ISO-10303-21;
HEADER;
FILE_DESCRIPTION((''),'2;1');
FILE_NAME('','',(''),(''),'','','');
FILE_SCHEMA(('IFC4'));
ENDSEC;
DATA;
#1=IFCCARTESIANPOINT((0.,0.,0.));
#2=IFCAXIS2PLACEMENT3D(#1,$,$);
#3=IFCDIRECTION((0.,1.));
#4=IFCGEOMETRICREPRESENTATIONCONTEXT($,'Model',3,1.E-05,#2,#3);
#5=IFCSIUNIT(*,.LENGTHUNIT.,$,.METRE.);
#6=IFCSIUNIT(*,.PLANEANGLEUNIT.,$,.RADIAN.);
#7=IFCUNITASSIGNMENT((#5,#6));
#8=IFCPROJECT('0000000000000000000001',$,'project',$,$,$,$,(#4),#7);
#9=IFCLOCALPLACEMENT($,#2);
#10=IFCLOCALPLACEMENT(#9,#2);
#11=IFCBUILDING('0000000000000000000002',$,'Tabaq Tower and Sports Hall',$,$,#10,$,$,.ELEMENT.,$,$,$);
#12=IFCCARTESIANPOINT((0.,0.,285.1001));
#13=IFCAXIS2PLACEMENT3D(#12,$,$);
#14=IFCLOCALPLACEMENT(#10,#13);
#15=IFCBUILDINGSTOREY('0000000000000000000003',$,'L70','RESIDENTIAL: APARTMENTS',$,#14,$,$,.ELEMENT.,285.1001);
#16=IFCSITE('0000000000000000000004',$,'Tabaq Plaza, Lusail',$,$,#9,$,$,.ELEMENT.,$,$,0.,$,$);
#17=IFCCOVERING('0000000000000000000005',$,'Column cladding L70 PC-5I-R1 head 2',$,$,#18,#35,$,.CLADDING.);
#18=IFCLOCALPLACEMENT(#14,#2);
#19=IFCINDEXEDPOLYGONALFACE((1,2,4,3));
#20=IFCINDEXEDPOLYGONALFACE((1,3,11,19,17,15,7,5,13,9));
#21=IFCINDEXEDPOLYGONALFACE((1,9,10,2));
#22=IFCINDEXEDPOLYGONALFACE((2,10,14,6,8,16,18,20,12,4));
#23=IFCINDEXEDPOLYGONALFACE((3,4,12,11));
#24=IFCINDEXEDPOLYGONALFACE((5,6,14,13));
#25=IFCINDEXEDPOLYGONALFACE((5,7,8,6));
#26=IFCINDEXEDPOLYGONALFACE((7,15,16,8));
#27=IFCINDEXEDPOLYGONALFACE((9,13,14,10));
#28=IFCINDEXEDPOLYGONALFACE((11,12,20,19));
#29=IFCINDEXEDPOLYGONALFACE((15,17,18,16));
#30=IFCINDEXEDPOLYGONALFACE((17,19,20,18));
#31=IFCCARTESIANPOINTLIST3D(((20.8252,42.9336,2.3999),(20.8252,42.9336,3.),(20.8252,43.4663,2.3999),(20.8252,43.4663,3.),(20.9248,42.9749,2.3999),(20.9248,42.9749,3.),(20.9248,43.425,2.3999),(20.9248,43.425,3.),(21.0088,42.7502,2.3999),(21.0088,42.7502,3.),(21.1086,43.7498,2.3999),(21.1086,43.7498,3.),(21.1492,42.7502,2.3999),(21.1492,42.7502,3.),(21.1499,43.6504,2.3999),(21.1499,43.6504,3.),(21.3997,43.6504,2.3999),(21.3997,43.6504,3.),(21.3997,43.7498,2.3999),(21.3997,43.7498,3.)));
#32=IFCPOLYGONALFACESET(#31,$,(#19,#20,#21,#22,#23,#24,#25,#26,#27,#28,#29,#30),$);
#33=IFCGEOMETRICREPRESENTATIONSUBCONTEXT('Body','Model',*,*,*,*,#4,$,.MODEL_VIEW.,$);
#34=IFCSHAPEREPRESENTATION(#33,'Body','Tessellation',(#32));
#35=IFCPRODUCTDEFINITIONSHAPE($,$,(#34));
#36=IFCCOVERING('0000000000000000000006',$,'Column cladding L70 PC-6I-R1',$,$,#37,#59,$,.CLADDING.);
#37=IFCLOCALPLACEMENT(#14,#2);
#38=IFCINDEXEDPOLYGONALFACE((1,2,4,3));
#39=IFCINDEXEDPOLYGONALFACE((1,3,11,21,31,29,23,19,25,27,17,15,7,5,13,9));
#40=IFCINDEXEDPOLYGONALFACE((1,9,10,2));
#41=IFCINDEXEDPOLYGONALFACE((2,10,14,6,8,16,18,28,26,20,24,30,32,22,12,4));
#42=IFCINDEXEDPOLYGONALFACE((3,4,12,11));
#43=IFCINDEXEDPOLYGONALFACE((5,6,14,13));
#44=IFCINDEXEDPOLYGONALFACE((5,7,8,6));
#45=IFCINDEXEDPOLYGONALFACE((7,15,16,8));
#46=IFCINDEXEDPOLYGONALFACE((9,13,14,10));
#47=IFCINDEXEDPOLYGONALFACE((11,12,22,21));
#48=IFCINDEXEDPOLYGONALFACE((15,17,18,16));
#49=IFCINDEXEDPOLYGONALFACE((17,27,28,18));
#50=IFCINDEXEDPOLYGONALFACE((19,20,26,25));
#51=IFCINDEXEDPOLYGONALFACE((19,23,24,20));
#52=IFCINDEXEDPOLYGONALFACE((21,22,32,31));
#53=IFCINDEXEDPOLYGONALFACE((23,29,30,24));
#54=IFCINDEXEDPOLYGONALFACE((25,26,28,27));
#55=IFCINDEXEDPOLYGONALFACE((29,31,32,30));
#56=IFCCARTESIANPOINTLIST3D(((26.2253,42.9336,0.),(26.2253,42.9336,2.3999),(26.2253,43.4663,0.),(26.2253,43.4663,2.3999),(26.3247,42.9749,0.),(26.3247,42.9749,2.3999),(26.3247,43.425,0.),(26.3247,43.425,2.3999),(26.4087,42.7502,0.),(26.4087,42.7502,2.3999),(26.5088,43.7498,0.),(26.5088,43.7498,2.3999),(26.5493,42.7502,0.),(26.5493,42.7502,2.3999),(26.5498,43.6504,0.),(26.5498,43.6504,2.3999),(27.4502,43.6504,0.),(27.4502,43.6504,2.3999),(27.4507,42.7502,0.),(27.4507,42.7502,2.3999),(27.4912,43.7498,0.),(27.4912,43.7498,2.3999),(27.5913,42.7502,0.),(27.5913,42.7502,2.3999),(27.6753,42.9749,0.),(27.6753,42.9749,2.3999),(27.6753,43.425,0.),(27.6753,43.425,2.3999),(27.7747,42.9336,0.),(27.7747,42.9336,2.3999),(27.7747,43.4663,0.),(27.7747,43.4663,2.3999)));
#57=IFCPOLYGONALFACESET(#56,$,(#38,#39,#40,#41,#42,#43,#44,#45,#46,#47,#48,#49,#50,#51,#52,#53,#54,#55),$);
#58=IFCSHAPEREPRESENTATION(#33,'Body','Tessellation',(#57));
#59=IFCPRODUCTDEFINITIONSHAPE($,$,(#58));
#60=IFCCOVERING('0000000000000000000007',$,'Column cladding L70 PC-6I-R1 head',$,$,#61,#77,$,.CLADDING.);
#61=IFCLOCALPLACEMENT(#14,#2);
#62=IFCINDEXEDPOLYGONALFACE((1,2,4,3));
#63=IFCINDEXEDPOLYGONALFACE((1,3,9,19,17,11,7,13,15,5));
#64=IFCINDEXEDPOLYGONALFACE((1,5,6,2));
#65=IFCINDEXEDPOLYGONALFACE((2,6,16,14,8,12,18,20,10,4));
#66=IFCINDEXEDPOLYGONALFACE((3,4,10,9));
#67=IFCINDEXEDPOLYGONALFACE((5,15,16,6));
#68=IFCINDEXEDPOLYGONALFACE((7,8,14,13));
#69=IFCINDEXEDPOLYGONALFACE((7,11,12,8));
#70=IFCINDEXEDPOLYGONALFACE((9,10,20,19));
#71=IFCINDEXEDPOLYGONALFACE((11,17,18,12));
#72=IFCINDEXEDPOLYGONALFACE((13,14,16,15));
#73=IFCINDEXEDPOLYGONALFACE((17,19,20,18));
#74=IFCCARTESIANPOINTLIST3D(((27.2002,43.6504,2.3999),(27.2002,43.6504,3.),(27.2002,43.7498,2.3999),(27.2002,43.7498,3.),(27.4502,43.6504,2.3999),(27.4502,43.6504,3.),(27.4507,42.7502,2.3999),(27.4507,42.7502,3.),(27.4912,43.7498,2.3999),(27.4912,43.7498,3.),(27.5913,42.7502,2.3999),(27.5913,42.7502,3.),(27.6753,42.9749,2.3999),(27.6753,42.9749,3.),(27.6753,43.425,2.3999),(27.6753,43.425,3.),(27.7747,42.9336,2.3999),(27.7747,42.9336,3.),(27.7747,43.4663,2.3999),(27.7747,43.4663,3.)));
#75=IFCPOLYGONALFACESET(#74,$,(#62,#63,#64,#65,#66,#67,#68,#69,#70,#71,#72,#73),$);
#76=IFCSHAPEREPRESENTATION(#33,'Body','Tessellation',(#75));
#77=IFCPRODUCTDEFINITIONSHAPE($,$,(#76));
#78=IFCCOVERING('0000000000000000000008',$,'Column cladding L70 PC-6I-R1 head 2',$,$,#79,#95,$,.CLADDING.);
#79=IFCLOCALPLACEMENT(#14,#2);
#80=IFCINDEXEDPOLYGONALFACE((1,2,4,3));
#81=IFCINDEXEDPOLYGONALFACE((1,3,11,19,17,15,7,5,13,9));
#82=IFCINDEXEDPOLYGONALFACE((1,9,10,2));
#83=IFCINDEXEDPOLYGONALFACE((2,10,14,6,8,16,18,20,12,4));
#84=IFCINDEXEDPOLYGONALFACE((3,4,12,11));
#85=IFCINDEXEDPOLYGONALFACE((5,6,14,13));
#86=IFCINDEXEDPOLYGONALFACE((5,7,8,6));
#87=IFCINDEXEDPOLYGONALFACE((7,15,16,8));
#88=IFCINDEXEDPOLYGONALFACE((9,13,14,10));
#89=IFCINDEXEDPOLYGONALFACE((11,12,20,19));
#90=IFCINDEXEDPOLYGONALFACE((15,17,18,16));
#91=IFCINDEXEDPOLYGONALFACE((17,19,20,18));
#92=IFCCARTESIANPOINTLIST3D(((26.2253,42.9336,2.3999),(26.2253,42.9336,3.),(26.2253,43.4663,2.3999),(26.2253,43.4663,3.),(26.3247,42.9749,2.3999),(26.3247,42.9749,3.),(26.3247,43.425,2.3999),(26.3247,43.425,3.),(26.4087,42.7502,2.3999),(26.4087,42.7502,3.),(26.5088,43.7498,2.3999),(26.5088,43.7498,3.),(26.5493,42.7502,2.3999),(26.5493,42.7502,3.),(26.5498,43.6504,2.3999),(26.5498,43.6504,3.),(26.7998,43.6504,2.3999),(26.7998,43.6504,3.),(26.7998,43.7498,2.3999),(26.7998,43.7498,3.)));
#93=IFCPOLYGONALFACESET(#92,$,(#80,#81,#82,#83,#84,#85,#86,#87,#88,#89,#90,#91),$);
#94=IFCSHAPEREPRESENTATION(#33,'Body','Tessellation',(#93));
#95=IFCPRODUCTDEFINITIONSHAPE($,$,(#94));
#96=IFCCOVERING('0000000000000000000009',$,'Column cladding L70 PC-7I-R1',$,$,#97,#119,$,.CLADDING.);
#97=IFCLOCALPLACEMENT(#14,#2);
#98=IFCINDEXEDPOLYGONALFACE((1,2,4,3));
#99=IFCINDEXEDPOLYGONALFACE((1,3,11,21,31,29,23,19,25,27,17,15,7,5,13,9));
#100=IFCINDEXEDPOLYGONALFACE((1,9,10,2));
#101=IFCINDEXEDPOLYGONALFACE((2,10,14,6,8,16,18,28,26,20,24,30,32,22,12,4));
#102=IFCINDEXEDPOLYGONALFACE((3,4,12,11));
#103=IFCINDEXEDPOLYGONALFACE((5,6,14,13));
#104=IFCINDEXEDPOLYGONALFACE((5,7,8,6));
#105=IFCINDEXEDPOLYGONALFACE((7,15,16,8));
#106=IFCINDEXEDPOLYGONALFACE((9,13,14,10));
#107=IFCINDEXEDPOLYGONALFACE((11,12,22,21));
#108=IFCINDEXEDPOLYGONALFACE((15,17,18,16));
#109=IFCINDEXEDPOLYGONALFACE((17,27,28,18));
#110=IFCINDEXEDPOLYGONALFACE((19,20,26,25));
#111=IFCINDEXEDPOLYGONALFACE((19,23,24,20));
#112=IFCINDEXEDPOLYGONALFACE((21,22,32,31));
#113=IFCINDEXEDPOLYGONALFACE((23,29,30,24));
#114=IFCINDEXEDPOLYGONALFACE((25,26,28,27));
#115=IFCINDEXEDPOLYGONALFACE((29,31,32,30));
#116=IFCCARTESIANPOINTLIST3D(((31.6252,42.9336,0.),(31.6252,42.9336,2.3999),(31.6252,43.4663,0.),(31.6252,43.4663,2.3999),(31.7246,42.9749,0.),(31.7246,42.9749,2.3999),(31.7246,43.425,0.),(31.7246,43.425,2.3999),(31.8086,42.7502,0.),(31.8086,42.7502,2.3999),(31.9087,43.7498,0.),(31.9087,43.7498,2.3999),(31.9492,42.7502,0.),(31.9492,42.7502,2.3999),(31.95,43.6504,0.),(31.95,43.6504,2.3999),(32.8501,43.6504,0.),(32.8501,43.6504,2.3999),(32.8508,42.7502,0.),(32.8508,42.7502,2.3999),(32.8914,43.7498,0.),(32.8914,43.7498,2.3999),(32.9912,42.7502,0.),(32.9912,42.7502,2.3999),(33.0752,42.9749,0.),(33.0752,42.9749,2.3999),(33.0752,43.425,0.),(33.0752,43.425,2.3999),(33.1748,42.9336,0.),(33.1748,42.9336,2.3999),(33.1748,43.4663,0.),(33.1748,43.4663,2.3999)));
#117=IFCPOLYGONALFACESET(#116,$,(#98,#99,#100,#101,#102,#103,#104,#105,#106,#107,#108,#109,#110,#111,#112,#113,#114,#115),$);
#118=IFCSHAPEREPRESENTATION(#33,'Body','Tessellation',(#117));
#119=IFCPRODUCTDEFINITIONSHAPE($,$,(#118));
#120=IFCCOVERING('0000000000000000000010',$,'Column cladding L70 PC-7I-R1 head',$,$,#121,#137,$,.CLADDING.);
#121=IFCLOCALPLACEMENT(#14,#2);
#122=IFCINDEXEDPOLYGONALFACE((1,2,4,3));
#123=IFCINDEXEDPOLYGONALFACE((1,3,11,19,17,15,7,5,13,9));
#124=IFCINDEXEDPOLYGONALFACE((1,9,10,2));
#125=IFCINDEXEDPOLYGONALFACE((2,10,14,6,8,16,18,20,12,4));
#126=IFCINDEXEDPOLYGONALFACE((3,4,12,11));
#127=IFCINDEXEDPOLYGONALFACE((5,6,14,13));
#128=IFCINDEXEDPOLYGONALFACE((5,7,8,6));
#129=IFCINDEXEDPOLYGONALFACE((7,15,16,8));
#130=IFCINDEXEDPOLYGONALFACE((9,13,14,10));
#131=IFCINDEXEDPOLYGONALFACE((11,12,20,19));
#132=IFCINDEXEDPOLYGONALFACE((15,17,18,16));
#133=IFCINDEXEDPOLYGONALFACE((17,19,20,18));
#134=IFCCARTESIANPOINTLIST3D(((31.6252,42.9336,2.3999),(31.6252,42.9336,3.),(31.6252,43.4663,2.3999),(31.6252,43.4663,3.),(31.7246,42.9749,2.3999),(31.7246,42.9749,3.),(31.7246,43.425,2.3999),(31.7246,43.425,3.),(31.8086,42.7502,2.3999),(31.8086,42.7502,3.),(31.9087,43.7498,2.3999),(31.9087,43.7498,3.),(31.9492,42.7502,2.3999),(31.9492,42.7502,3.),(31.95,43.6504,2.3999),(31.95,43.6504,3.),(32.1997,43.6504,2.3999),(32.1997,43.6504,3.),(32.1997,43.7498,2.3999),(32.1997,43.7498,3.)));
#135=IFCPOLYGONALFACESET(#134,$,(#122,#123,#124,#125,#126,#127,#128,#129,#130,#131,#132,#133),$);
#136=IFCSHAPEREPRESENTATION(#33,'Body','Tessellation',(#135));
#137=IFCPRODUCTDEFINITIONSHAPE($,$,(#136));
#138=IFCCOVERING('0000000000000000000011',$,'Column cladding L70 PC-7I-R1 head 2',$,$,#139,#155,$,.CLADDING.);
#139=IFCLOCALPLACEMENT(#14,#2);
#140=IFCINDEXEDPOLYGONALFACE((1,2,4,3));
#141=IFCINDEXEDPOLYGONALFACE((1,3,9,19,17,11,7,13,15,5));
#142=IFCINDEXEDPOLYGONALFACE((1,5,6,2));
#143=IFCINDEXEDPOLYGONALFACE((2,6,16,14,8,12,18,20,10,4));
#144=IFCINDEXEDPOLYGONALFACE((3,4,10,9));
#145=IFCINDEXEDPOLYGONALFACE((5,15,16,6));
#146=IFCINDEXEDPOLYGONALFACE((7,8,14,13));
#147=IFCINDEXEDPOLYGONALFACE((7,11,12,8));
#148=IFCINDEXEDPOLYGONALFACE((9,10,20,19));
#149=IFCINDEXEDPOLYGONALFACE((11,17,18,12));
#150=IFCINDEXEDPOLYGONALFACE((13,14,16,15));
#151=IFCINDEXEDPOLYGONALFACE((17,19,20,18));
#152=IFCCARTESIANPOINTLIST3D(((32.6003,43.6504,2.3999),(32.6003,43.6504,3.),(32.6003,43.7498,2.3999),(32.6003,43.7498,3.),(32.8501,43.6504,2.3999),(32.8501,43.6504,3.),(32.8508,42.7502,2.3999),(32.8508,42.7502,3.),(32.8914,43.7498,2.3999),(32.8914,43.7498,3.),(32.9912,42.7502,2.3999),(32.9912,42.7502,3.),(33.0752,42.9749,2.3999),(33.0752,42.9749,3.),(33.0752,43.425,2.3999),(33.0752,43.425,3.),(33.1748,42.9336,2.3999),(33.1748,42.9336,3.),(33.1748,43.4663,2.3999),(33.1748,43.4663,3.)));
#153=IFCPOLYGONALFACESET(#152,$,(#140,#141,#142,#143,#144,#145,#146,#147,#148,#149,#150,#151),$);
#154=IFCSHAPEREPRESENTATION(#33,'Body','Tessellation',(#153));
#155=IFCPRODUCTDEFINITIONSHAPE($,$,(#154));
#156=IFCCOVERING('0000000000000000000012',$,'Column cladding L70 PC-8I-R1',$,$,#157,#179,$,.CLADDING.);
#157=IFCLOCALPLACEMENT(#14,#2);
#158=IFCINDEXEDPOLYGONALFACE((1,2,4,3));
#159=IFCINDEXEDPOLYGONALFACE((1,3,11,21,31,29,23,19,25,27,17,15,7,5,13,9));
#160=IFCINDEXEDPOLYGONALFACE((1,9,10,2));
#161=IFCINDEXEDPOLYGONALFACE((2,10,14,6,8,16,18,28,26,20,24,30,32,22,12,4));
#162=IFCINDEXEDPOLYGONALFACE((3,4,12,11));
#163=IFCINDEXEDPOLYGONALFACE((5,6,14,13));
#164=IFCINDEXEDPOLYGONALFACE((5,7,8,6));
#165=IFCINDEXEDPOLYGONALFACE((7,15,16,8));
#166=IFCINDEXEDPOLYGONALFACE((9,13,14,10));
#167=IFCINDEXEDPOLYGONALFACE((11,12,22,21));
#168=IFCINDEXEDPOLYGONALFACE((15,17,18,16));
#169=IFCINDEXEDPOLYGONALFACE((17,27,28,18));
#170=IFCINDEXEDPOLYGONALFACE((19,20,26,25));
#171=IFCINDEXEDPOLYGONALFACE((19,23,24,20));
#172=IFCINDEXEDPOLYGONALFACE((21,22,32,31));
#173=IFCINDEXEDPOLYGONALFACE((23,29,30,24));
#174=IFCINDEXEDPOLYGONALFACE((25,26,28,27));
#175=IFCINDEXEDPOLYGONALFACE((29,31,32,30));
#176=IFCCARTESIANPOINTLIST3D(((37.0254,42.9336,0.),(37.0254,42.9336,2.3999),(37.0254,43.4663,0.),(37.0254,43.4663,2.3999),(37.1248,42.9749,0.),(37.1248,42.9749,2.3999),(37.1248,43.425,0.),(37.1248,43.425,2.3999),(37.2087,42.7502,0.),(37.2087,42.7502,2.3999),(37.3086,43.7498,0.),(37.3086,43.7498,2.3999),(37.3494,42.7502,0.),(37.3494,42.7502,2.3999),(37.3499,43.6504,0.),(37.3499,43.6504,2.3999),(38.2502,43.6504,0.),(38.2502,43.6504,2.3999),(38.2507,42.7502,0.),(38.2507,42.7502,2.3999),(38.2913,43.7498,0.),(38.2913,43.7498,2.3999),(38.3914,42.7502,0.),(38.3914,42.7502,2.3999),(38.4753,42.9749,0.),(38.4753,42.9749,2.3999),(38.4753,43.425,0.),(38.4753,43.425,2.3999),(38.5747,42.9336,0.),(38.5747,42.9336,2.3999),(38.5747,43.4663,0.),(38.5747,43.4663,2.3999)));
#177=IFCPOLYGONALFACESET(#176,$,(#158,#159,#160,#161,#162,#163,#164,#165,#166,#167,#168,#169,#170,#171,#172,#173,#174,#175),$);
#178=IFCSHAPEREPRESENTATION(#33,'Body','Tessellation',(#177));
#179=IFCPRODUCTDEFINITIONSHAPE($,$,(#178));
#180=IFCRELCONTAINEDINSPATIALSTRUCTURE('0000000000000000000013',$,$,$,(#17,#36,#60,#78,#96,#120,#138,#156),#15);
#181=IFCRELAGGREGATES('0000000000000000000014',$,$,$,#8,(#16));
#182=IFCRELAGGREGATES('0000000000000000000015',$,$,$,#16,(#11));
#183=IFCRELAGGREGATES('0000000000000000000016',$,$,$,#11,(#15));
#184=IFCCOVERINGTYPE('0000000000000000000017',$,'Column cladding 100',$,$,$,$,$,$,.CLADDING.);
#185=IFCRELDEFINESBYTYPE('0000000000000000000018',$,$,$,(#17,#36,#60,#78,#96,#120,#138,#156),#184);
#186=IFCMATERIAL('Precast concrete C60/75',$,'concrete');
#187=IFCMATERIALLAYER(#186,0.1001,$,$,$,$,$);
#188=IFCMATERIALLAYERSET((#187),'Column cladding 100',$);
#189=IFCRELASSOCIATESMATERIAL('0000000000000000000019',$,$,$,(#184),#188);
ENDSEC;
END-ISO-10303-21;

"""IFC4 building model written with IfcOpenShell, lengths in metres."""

from ifc_helpers import new_model, si_unit, direction, frame, origin, place, context, subcontext, project, spatial, polyline, outline, extrude, material, layer, layer_set, type_object, element, save


model = new_model("IFC4")

# Units and contexts
model_context = context("Model", 3, precision=1e-05, world=origin(), true_north=direction((0.0, 1.0)))
body_context = subcontext(model_context, "Body", "Model", "MODEL_VIEW")
ifc_project = project(units=[si_unit("LENGTHUNIT", "METRE"), si_unit("PLANEANGLEUNIT", "RADIAN")], contexts=[model_context])

# Site, building, storey
site_placement = place(None, origin())
site = spatial("IfcSite", under=ifc_project, at=site_placement, Name="Tabaq Plaza, Lusail", CompositionType="ELEMENT", RefElevation=0.0)
building_placement = place(site_placement, origin())
building = spatial("IfcBuilding", under=site, at=building_placement, Name="Tabaq Tower and Sports Hall", CompositionType="ELEMENT")
storey_placement = place(building_placement, frame((0.0, 0.0, 285.1001)))
storey = spatial("IfcBuildingStorey", under=building, at=storey_placement, Name="L70", Description="RESIDENTIAL: APARTMENTS", CompositionType="ELEMENT", Elevation=285.1001)

# Coverings
ifc_material_1 = material(Name="Precast concrete C60/75", Category="concrete")
ifc_layer_1 = layer(ifc_material_1, 0.1001)
ifc_layer_set_1 = layer_set([ifc_layer_1], Name="Column cladding 100")
covering_type = type_object("IfcCoveringType", Name="Column cladding 100", PredefinedType="CLADDING", material=ifc_layer_set_1)
covering_1_placement = place(storey_placement, frame((0.0, 0.0, 2.3999)))
element("IfcCovering", 1, at=covering_1_placement, inside=storey, type_object=covering_type, Name="Column cladding L70 PC-5I-R1 head 2", PredefinedType="CLADDING", context=body_context, shape_type="SweptSolid", body=[
    extrude(outline(polyline([(21.1086, 43.7498), (21.3997, 43.7498), (21.3997, 43.6504), (21.1499, 43.6504), (20.9248, 43.425), (20.9248, 42.9749), (21.1492, 42.7502), (21.0088, 42.7502), (20.8252, 42.9336), (20.8252, 43.4663), (21.1086, 43.7498)])), origin(), (0.0, 0.0, 1.0), 0.6001),
])
covering_2_placement = place(storey_placement, origin())
element("IfcCovering", 2, at=covering_2_placement, inside=storey, type_object=covering_type, Name="Column cladding L70 PC-6I-R1", PredefinedType="CLADDING", context=body_context, shape_type="SweptSolid", body=[
    extrude(outline(polyline([(26.2253, 43.4663), (26.5088, 43.7498), (27.4912, 43.7498), (27.7747, 43.4663), (27.7747, 42.9336), (27.5913, 42.7502), (27.4507, 42.7502), (27.6753, 42.9749), (27.6753, 43.425), (27.4502, 43.6504), (26.5498, 43.6504), (26.3247, 43.425), (26.3247, 42.9749), (26.5493, 42.7502), (26.4087, 42.7502), (26.2253, 42.9336), (26.2253, 43.4663)])), origin(), (0.0, 0.0, 1.0), 2.3999),
])
covering_3_placement = place(storey_placement, frame((0.0, 0.0, 2.3999)))
element("IfcCovering", 3, at=covering_3_placement, inside=storey, type_object=covering_type, Name="Column cladding L70 PC-6I-R1 head", PredefinedType="CLADDING", context=body_context, shape_type="SweptSolid", body=[
    extrude(outline(polyline([(27.4912, 43.7498), (27.7747, 43.4663), (27.7747, 42.9336), (27.5913, 42.7502), (27.4507, 42.7502), (27.6753, 42.9749), (27.6753, 43.425), (27.4502, 43.6504), (27.2002, 43.6504), (27.2002, 43.7498), (27.4912, 43.7498)])), origin(), (0.0, 0.0, 1.0), 0.6001),
])
covering_4_placement = place(storey_placement, frame((0.0, 0.0, 2.3999)))
element("IfcCovering", 4, at=covering_4_placement, inside=storey, type_object=covering_type, Name="Column cladding L70 PC-6I-R1 head 2", PredefinedType="CLADDING", context=body_context, shape_type="SweptSolid", body=[
    extrude(outline(polyline([(26.5088, 43.7498), (26.7998, 43.7498), (26.7998, 43.6504), (26.5498, 43.6504), (26.3247, 43.425), (26.3247, 42.9749), (26.5493, 42.7502), (26.4087, 42.7502), (26.2253, 42.9336), (26.2253, 43.4663), (26.5088, 43.7498)])), origin(), (0.0, 0.0, 1.0), 0.6001),
])
covering_5_placement = place(storey_placement, origin())
element("IfcCovering", 5, at=covering_5_placement, inside=storey, type_object=covering_type, Name="Column cladding L70 PC-7I-R1", PredefinedType="CLADDING", context=body_context, shape_type="SweptSolid", body=[
    extrude(outline(polyline([(31.6252, 43.4663), (31.9087, 43.7498), (32.8914, 43.7498), (33.1748, 43.4663), (33.1748, 42.9336), (32.9912, 42.7502), (32.8508, 42.7502), (33.0752, 42.9749), (33.0752, 43.425), (32.8501, 43.6504), (31.95, 43.6504), (31.7246, 43.425), (31.7246, 42.9749), (31.9492, 42.7502), (31.8086, 42.7502), (31.6252, 42.9336), (31.6252, 43.4663)])), origin(), (0.0, 0.0, 1.0), 2.3999),
])
covering_6_placement = place(storey_placement, frame((0.0, 0.0, 2.3999)))
element("IfcCovering", 6, at=covering_6_placement, inside=storey, type_object=covering_type, Name="Column cladding L70 PC-7I-R1 head", PredefinedType="CLADDING", context=body_context, shape_type="SweptSolid", body=[
    extrude(outline(polyline([(31.9087, 43.7498), (32.1997, 43.7498), (32.1997, 43.6504), (31.95, 43.6504), (31.7246, 43.425), (31.7246, 42.9749), (31.9492, 42.7502), (31.8086, 42.7502), (31.6252, 42.9336), (31.6252, 43.4663), (31.9087, 43.7498)])), origin(), (0.0, 0.0, 1.0), 0.6001),
])
covering_7_placement = place(storey_placement, frame((0.0, 0.0, 2.3999)))
element("IfcCovering", 7, at=covering_7_placement, inside=storey, type_object=covering_type, Name="Column cladding L70 PC-7I-R1 head 2", PredefinedType="CLADDING", context=body_context, shape_type="SweptSolid", body=[
    extrude(outline(polyline([(32.8914, 43.7498), (33.1748, 43.4663), (33.1748, 42.9336), (32.9912, 42.7502), (32.8508, 42.7502), (33.0752, 42.9749), (33.0752, 43.425), (32.8501, 43.6504), (32.6003, 43.6504), (32.6003, 43.7498), (32.8914, 43.7498)])), origin(), (0.0, 0.0, 1.0), 0.6001),
])
covering_8_placement = place(storey_placement, origin())
element("IfcCovering", 8, at=covering_8_placement, inside=storey, type_object=covering_type, Name="Column cladding L70 PC-8I-R1", PredefinedType="CLADDING", context=body_context, shape_type="SweptSolid", body=[
    extrude(outline(polyline([(37.0254, 43.4663), (37.3086, 43.7498), (38.2913, 43.7498), (38.5747, 43.4663), (38.5747, 42.9336), (38.3914, 42.7502), (38.2507, 42.7502), (38.4753, 42.9749), (38.4753, 43.425), (38.2502, 43.6504), (37.3499, 43.6504), (37.1248, 43.425), (37.1248, 42.9749), (37.3494, 42.7502), (37.2087, 42.7502), (37.0254, 42.9336), (37.0254, 43.4663)])), origin(), (0.0, 0.0, 1.0), 2.3999),
])

save(model, "model.ifc")
